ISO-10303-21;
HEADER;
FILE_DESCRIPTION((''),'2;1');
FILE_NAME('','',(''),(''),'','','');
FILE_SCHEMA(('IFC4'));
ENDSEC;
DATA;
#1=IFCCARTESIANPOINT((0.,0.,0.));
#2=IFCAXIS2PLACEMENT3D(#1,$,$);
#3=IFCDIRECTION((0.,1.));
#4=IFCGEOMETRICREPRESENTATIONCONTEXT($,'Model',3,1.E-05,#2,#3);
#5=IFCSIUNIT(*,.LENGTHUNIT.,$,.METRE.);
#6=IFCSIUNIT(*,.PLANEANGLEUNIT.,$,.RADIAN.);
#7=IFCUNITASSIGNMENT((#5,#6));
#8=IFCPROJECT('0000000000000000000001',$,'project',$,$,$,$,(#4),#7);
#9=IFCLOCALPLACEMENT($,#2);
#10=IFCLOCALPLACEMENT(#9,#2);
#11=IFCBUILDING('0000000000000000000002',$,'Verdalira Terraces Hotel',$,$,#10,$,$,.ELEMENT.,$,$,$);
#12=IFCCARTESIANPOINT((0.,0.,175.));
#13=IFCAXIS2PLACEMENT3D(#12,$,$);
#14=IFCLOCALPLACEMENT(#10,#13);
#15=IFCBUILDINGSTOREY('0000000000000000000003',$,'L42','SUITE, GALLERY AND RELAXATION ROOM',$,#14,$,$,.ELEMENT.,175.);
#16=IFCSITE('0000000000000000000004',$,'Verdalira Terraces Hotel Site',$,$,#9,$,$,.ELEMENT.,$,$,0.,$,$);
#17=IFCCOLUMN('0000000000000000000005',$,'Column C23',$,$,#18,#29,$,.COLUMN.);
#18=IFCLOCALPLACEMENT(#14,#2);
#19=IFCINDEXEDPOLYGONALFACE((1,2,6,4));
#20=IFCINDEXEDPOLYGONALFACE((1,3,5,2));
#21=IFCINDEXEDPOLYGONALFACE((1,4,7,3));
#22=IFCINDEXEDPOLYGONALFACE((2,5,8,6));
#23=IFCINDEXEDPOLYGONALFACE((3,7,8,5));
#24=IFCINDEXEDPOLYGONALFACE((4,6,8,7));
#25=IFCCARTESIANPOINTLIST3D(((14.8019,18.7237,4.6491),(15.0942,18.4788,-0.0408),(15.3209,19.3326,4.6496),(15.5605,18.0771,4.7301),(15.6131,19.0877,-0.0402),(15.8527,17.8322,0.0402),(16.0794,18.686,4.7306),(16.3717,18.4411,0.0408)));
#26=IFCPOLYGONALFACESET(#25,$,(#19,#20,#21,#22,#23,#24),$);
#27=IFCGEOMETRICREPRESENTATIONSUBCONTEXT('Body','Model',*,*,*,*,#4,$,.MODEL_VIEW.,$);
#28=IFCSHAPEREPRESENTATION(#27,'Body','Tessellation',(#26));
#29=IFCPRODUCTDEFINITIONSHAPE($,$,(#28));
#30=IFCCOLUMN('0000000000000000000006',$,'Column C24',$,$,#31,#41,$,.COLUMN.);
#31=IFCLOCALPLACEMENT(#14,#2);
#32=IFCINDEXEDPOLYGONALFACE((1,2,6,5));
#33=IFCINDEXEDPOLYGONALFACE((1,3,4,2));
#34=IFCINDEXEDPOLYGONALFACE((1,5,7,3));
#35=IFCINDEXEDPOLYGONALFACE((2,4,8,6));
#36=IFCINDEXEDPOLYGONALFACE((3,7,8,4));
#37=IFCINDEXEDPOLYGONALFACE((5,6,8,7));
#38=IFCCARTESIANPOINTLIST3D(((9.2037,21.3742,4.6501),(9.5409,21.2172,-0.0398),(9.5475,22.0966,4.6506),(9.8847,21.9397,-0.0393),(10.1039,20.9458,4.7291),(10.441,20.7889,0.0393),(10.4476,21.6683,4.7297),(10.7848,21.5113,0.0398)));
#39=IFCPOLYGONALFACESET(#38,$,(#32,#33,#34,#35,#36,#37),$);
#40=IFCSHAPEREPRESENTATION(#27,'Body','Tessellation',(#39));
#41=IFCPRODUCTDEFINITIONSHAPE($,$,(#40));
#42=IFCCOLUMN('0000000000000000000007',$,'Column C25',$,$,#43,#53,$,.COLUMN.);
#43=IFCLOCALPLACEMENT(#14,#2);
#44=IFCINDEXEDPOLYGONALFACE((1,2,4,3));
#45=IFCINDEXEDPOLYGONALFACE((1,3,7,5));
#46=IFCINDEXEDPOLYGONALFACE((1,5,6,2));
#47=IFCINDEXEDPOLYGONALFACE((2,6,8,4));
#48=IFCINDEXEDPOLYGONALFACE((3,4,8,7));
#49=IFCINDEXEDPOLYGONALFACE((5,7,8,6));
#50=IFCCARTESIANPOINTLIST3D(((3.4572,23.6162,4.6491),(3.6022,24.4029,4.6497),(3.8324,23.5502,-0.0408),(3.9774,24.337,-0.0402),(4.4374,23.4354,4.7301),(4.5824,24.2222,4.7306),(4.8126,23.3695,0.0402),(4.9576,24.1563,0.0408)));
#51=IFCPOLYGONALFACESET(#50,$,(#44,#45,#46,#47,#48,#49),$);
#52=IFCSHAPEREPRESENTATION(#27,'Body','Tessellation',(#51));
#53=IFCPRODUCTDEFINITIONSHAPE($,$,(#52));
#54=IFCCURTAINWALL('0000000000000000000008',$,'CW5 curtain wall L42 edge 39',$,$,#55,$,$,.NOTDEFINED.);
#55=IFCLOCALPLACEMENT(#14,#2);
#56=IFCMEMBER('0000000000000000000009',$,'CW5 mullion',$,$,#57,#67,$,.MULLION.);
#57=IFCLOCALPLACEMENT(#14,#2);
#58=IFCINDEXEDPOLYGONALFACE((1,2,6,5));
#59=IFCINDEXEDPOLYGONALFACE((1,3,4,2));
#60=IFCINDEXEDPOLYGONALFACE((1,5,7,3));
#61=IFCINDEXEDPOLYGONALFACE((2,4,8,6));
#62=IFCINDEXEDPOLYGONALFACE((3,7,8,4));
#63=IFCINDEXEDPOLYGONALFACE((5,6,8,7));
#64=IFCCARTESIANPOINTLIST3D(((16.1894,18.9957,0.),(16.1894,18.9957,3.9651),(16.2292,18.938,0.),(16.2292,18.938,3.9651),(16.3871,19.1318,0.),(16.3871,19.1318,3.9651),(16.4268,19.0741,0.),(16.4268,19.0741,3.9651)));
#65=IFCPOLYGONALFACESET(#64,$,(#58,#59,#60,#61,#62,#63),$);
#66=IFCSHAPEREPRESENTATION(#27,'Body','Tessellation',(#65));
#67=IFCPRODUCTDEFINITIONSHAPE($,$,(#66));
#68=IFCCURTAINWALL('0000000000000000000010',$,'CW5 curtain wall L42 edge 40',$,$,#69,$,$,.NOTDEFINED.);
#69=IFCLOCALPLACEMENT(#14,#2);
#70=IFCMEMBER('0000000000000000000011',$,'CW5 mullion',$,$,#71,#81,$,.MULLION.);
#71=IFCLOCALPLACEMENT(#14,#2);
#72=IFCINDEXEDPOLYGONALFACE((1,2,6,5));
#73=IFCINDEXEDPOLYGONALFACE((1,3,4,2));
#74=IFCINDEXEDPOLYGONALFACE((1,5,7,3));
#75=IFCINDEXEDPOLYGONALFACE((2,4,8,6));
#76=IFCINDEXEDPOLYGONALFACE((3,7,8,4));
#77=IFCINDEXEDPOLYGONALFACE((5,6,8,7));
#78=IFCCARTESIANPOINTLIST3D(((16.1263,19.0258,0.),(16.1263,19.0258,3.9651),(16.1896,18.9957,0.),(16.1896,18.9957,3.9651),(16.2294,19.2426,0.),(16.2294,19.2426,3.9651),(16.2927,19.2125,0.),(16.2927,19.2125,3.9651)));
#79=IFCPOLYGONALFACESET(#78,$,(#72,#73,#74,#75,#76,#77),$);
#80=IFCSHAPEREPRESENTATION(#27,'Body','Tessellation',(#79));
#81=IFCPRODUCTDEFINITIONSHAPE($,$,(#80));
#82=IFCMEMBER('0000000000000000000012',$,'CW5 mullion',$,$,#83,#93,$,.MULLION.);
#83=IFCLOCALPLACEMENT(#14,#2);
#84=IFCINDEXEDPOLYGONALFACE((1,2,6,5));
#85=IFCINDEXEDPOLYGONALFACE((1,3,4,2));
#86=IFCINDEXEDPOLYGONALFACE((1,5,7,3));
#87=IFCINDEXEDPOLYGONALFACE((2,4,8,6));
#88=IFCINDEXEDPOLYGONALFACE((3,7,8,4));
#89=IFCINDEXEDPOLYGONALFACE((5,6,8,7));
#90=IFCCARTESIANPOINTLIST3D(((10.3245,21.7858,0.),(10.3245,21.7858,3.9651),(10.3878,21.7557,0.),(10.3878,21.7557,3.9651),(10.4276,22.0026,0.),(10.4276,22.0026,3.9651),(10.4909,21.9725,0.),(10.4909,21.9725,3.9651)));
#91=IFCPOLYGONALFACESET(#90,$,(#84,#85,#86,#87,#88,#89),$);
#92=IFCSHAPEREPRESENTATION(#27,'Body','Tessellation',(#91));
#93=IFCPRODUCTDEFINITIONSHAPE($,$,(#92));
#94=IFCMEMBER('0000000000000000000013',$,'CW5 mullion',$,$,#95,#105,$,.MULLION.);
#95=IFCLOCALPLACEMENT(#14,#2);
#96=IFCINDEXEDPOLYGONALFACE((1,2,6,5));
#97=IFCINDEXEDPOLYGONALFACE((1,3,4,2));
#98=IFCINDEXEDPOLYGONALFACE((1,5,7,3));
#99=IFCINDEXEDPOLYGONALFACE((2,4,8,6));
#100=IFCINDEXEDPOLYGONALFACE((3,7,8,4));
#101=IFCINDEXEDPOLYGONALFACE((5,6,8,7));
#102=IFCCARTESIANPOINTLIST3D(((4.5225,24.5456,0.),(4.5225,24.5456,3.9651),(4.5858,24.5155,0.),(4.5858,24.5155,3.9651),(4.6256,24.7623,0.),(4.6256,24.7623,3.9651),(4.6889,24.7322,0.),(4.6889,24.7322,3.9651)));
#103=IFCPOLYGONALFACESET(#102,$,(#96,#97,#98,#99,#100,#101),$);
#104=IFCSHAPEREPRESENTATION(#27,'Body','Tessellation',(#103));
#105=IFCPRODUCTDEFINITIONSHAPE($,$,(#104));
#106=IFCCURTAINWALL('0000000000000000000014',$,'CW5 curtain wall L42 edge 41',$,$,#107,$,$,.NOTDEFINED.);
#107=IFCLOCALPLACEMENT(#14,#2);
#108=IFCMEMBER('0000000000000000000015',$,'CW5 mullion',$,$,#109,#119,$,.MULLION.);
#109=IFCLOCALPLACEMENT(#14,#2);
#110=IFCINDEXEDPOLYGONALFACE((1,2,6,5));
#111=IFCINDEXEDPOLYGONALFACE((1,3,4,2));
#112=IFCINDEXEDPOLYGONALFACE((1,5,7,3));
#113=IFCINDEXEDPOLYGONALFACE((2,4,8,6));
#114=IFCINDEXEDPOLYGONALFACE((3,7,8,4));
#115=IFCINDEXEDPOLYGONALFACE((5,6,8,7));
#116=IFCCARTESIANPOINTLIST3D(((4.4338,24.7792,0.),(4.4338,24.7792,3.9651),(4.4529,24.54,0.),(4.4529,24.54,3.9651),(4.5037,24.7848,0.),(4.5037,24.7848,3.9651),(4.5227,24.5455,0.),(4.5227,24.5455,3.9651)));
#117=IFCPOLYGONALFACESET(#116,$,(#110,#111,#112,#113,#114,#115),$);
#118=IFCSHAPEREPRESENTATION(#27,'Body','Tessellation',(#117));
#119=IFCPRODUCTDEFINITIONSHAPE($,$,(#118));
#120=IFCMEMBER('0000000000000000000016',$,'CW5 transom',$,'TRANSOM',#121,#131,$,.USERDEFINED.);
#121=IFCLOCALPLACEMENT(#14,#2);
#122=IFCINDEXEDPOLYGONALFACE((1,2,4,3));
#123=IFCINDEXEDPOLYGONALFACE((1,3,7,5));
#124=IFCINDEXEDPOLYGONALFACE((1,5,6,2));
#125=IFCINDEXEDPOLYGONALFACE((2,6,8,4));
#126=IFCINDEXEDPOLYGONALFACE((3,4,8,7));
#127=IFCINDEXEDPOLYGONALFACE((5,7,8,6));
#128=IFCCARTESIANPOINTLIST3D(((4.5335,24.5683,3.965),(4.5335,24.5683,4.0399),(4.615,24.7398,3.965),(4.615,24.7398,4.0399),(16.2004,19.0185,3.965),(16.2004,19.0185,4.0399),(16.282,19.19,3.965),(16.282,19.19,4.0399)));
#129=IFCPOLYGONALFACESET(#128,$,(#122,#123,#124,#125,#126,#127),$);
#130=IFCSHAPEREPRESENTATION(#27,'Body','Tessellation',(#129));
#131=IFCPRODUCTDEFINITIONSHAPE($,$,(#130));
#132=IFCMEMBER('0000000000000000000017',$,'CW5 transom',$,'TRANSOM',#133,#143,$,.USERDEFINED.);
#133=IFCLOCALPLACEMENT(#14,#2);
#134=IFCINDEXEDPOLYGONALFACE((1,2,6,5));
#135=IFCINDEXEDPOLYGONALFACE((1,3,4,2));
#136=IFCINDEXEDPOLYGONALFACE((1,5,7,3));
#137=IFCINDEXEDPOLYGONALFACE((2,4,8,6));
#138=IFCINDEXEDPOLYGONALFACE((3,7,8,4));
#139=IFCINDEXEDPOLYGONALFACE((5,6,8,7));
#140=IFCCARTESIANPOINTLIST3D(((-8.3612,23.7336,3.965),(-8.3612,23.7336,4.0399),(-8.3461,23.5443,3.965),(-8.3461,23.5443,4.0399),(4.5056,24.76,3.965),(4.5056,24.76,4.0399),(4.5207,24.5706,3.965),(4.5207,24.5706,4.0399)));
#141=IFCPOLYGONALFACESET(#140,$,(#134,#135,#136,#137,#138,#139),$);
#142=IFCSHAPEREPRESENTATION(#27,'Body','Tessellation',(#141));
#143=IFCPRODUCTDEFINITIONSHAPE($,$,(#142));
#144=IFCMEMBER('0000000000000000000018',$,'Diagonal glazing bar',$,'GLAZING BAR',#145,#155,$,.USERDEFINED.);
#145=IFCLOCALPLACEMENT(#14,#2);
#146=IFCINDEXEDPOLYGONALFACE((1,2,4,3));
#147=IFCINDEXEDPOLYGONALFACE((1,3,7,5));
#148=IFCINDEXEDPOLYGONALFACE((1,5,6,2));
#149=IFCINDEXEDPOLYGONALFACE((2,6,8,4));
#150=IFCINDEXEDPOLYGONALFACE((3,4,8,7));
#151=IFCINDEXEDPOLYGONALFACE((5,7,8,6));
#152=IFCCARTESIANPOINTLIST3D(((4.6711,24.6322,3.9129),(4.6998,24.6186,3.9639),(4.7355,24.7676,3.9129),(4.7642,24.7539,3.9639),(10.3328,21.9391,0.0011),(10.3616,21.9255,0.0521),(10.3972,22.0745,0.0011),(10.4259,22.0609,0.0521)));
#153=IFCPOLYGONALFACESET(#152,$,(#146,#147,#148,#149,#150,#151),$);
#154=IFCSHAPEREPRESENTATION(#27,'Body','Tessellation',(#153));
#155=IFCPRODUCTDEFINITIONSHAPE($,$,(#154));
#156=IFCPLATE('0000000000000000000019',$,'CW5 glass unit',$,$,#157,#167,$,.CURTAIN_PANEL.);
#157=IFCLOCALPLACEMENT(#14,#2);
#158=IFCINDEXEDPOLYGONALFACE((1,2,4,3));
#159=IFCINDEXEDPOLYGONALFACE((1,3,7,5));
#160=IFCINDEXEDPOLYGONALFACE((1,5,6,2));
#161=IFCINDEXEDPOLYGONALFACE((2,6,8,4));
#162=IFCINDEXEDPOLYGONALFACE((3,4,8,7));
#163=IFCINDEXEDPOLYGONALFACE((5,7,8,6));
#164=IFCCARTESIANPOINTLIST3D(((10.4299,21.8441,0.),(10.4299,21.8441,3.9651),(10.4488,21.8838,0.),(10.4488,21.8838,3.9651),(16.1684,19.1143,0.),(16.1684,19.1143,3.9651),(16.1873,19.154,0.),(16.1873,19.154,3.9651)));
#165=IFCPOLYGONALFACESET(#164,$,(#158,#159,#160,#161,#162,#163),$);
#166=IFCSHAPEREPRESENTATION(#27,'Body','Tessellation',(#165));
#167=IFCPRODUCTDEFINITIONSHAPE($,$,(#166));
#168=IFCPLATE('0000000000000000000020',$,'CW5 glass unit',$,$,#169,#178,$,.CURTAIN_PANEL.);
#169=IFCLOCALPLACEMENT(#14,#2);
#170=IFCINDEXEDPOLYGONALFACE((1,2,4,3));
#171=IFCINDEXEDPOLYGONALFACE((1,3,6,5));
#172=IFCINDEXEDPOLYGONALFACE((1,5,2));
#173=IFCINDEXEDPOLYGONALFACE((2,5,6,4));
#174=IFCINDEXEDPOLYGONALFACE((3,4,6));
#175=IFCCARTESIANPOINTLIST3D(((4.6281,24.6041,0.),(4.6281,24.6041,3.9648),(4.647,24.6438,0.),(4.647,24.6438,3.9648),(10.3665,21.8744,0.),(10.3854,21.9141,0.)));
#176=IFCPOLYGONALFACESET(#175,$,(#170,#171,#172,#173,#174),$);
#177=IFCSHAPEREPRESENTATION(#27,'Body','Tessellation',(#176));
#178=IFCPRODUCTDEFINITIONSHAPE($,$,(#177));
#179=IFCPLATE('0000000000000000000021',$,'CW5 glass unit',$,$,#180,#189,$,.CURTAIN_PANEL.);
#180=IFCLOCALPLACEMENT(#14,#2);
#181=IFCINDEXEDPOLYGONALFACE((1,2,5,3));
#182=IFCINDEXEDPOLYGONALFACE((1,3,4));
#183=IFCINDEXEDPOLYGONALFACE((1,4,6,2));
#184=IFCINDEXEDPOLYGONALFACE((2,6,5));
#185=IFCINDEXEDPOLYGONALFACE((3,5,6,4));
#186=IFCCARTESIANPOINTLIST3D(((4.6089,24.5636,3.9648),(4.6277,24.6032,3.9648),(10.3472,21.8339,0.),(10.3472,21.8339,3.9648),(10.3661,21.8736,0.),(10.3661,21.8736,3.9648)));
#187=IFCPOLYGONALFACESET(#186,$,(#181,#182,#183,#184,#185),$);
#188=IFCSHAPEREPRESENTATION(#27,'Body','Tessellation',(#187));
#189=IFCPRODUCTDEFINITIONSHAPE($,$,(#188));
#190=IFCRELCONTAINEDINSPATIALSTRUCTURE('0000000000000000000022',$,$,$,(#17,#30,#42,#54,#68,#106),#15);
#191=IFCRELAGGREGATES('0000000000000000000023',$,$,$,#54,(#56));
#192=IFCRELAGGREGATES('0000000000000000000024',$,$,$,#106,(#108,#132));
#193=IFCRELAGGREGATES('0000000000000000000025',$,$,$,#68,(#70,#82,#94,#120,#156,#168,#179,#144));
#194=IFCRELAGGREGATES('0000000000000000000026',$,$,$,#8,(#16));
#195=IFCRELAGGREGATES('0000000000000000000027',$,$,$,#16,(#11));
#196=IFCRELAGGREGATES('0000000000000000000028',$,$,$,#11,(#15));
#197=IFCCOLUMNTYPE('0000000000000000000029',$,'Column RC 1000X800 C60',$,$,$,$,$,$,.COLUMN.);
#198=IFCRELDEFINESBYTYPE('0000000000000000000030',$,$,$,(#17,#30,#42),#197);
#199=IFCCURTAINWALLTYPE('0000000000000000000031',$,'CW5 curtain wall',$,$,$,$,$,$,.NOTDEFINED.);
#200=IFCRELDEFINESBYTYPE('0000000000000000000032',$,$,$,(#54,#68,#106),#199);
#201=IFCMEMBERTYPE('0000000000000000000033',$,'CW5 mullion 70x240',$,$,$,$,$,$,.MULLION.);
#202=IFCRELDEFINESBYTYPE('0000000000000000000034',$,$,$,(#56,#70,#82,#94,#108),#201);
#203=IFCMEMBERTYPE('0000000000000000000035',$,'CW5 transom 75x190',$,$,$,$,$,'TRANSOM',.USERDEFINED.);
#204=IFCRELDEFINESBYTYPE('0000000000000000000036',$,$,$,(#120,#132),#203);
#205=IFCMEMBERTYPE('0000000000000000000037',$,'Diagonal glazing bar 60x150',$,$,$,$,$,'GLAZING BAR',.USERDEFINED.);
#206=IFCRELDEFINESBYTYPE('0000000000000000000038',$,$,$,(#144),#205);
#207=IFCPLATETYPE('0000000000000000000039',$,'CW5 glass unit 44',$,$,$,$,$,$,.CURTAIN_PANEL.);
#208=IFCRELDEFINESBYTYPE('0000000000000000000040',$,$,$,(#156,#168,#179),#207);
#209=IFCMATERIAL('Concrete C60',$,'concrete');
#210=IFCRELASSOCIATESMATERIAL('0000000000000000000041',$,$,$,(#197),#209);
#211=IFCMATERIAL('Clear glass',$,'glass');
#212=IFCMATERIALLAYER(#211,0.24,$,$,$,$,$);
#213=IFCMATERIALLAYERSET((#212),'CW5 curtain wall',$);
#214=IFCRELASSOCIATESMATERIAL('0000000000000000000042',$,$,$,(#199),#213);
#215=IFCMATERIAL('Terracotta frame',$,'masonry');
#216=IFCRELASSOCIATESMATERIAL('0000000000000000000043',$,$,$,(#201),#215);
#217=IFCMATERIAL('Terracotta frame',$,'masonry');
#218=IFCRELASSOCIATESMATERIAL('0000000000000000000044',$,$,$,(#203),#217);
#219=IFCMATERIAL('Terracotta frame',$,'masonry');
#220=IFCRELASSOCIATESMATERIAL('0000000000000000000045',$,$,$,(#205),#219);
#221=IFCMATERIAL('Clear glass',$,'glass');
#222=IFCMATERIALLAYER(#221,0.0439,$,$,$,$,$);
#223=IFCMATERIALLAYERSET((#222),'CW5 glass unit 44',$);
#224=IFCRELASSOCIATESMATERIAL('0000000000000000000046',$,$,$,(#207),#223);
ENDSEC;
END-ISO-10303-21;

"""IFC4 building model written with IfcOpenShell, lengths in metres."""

from ifc_helpers import new_model, si_unit, direction, frame, origin, origin_2d, place, context, subcontext, project, spatial, polyline, rectangle, outline, extrude, material, layer, layer_set, material_profile, profile_set, type_object, element, aggregate, save


model = new_model("IFC4")

# Units and contexts
model_context = context("Model", 3, precision=1e-05, world=origin(), true_north=direction((0.0, 1.0)))
body_context = subcontext(model_context, "Body", "Model", "MODEL_VIEW")
ifc_project = project(units=[si_unit("LENGTHUNIT", "METRE"), si_unit("PLANEANGLEUNIT", "RADIAN")], contexts=[model_context])

# Site, building, storey
site_placement = place(None, origin())
site = spatial("IfcSite", under=ifc_project, at=site_placement, Name="Verdalira Terraces Hotel Site", CompositionType="ELEMENT", RefElevation=0.0)
building_placement = place(site_placement, origin())
building = spatial("IfcBuilding", under=site, at=building_placement, Name="Verdalira Terraces Hotel", CompositionType="ELEMENT")
storey_placement = place(building_placement, frame((0.0, 0.0, 175.0)))
storey = spatial("IfcBuildingStorey", under=building, at=storey_placement, Name="L42", Description="SUITE, GALLERY AND RELAXATION ROOM", CompositionType="ELEMENT", Elevation=175.0)

# Columns
ifc_material_1 = material(Name="Concrete C60", Category="concrete")
ifc_material_profile_1 = material_profile(ifc_material_1, rectangle(XDim=1.0, YDim=0.8, at=origin_2d()), Name="RC 1000X800")
ifc_profile_set_1 = profile_set([ifc_material_profile_1], Name="Concrete C60")
column_type = type_object("IfcColumnType", Name="Column RC 1000X800 C60", PredefinedType="COLUMN", material=ifc_profile_set_1)
column_1_placement = place(storey_placement, frame((15.7329, 18.46, 0.0), z_axis=(-0.062106, 0.052041, 0.996712), x_axis=(0.758541, -0.646569, 0.081025)))
element("IfcColumn", 1, at=column_1_placement, inside=storey, type_object=column_type, Name="Column C23", PredefinedType="COLUMN", context=body_context, shape_type="SweptSolid", body=[
    extrude(rectangle(XDim=1.0, YDim=0.8, at=origin_2d()), origin(), (0.0, 0.0, 1.0), 4.7053),
])
column_2_placement = place(storey_placement, frame((10.1628, 21.3643, 0.0), z_axis=(-0.071665, 0.033367, 0.99687), x_axis=(-0.900136, 0.428377, -0.079049)))
element("IfcColumn", 2, at=column_2_placement, inside=storey, type_object=column_type, Name="Column C24", PredefinedType="COLUMN", context=body_context, shape_type="SweptSolid", body=[
    extrude(rectangle(XDim=1.0, YDim=0.8, at=origin_2d()), origin(), (0.0, 0.0, 1.0), 4.7046),
])
column_3_placement = place(storey_placement, frame((4.395, 23.8533, 0.0), z_axis=(-0.079748, 0.014009, 0.996717), x_axis=(0.980196, -0.180722, 0.080966)))
element("IfcColumn", 3, at=column_3_placement, inside=storey, type_object=column_type, Name="Column C25", PredefinedType="COLUMN", context=body_context, shape_type="SweptSolid", body=[
    extrude(rectangle(XDim=1.0, YDim=0.8, at=origin_2d()), origin(), (0.0, 0.0, 1.0), 4.7053),
])

# Curtain wall, member
ifc_material_2 = material(Name="Clear glass", Category="glass")
ifc_layer_1 = layer(ifc_material_2, 0.24)
ifc_layer_set_1 = layer_set([ifc_layer_1], Name="CW5 curtain wall")
curtain_wall_type = type_object("IfcCurtainWallType", Name="CW5 curtain wall", PredefinedType="NOTDEFINED", material=ifc_layer_set_1)
curtain_wall_1_placement = place(storey_placement, origin())
curtain_wall_1 = element("IfcCurtainWall", 4, at=curtain_wall_1_placement, inside=storey, type_object=curtain_wall_type, Name="CW5 curtain wall L42 edge 39", PredefinedType="NOTDEFINED")
ifc_material_3 = material(Name="Terracotta frame", Category="masonry")
ifc_material_profile_2 = material_profile(ifc_material_3, rectangle(XDim=0.0701, YDim=0.24, at=origin_2d()), Name="MU 70x240")
ifc_profile_set_2 = profile_set([ifc_material_profile_2], Name="Terracotta frame")
member_type_1 = type_object("IfcMemberType", Name="CW5 mullion 70x240", PredefinedType="MULLION", material=ifc_profile_set_2)
member_1_placement = place(storey_placement, frame((16.3081, 19.0349, 0.0), z_axis=(0.0, 0.0, 1.0), x_axis=(-0.567269, 0.823533, 0.0)))
member_1 = element("IfcMember", 5, at=member_1_placement, type_object=member_type_1, Name="CW5 mullion", PredefinedType="MULLION", context=body_context, shape_type="SweptSolid", body=[
    extrude(rectangle(XDim=0.0701, YDim=0.24, at=origin_2d()), origin(), (0.0, 0.0, 1.0), 3.9651),
])
aggregate(curtain_wall_1, [member_1])

# Curtain wall, members
curtain_wall_2_placement = place(storey_placement, origin())
curtain_wall_2 = element("IfcCurtainWall", 6, at=curtain_wall_2_placement, inside=storey, type_object=curtain_wall_type, Name="CW5 curtain wall L42 edge 40", PredefinedType="NOTDEFINED")
member_2_placement = place(storey_placement, frame((16.2095, 19.1191, 0.0), z_axis=(0.0, 0.0, 1.0), x_axis=(-0.903036, 0.429566, 0.0)))
member_2 = element("IfcMember", 7, at=member_2_placement, type_object=member_type_1, Name="CW5 mullion", PredefinedType="MULLION", context=body_context, shape_type="SweptSolid", body=[
    extrude(rectangle(XDim=0.0701, YDim=0.24, at=origin_2d()), origin(), (0.0, 0.0, 1.0), 3.9651),
])
member_3_placement = place(storey_placement, frame((10.4077, 21.8791, 0.0), z_axis=(0.0, 0.0, 1.0), x_axis=(-0.903036, 0.429566, 0.0)))
member_3 = element("IfcMember", 8, at=member_3_placement, type_object=member_type_1, Name="CW5 mullion", PredefinedType="MULLION", context=body_context, shape_type="SweptSolid", body=[
    extrude(rectangle(XDim=0.0701, YDim=0.24, at=origin_2d()), origin(), (0.0, 0.0, 1.0), 3.9651),
])
member_4_placement = place(storey_placement, frame((4.6057, 24.6389, 0.0), z_axis=(0.0, 0.0, 1.0), x_axis=(-0.903036, 0.429566, 0.0)))
member_4 = element("IfcMember", 9, at=member_4_placement, type_object=member_type_1, Name="CW5 mullion", PredefinedType="MULLION", context=body_context, shape_type="SweptSolid", body=[
    extrude(rectangle(XDim=0.0701, YDim=0.24, at=origin_2d()), origin(), (0.0, 0.0, 1.0), 3.9651),
])

# Curtain wall, member
curtain_wall_3_placement = place(storey_placement, origin())
curtain_wall_3 = element("IfcCurtainWall", 10, at=curtain_wall_3_placement, inside=storey, type_object=curtain_wall_type, Name="CW5 curtain wall L42 edge 41", PredefinedType="NOTDEFINED")
member_5_placement = place(storey_placement, frame((4.4783, 24.6624, 0.0), z_axis=(0.0, 0.0, 1.0), x_axis=(-0.996835, -0.079503, 0.0)))
member_5 = element("IfcMember", 11, at=member_5_placement, type_object=member_type_1, Name="CW5 mullion", PredefinedType="MULLION", context=body_context, shape_type="SweptSolid", body=[
    extrude(rectangle(XDim=0.0701, YDim=0.24, at=origin_2d()), origin(), (0.0, 0.0, 1.0), 3.9651),
])

# Members
ifc_material_4 = material(Name="Terracotta frame", Category="masonry")
ifc_material_profile_3 = material_profile(ifc_material_4, rectangle(XDim=0.1899, YDim=0.075, at=origin_2d()), Name="TR 75x190")
ifc_profile_set_3 = profile_set([ifc_material_profile_3], Name="Terracotta frame")
member_type_2 = type_object("IfcMemberType", Name="CW5 transom 75x190", ElementType="TRANSOM", PredefinedType="USERDEFINED", material=ifc_profile_set_3)
member_6_placement = place(storey_placement, frame((16.2412, 19.1042, 4.0024), z_axis=(-0.903038, 0.429561, 0.0), x_axis=(-0.429561, -0.903038, 0.0)))
member_6 = element("IfcMember", 12, at=member_6_placement, type_object=member_type_2, Name="CW5 transom", ObjectType="TRANSOM", PredefinedType="USERDEFINED", context=body_context, shape_type="SweptSolid", body=[
    extrude(rectangle(XDim=0.1899, YDim=0.075, at=origin_2d()), origin(), (0.0, 0.0, 1.0), 12.9197),
])
member_7_placement = place(storey_placement, frame((4.5132, 24.6653, 4.0024), z_axis=(-0.996834, -0.079515, 0.0), x_axis=(0.079515, -0.996834, 0.0)))
member_7 = element("IfcMember", 13, at=member_7_placement, type_object=member_type_2, Name="CW5 transom", ObjectType="TRANSOM", PredefinedType="USERDEFINED", context=body_context, shape_type="SweptSolid", body=[
    extrude(rectangle(XDim=0.1899, YDim=0.075, at=origin_2d()), origin(), (0.0, 0.0, 1.0), 12.9077),
])
aggregate(curtain_wall_3, [member_5, member_7])
ifc_material_5 = material(Name="Terracotta frame", Category="masonry")
ifc_material_profile_4 = material_profile(ifc_material_5, rectangle(XDim=0.1499, YDim=0.0601, at=origin_2d()), Name="GB 60x150")
ifc_profile_set_4 = profile_set([ifc_material_profile_4], Name="Terracotta frame")
member_type_3 = type_object("IfcMemberType", Name="Diagonal glazing bar 60x150", ElementType="GLAZING BAR", PredefinedType="USERDEFINED", material=ifc_profile_set_4)
member_8_placement = place(storey_placement, frame((10.3794, 22.0, 0.0266), z_axis=(-0.766151, 0.364426, 0.529345), x_axis=(-0.429542, -0.903047, 0.0)))
member_8 = element("IfcMember", 14, at=member_8_placement, type_object=member_type_3, Name="Diagonal glazing bar", ObjectType="GLAZING BAR", PredefinedType="USERDEFINED", context=body_context, shape_type="SweptSolid", body=[
    extrude(rectangle(XDim=0.1499, YDim=0.0601, at=origin_2d()), origin(), (0.0, 0.0, 1.0), 7.3899),
])

# Plates
ifc_material_6 = material(Name="Clear glass", Category="glass")
ifc_layer_2 = layer(ifc_material_6, 0.0439)
ifc_layer_set_2 = layer_set([ifc_layer_2], Name="CW5 glass unit 44")
plate_type = type_object("IfcPlateType", Name="CW5 glass unit 44", PredefinedType="CURTAIN_PANEL", material=ifc_layer_set_2)
plate_1_placement = place(storey_placement, frame((13.3086, 20.499, 0.0), z_axis=(0.0, 0.0, 1.0), x_axis=(-0.903036, 0.429566, 0.0)))
plate_1 = element("IfcPlate", 15, at=plate_1_placement, type_object=plate_type, Name="CW5 glass unit", PredefinedType="CURTAIN_PANEL", context=body_context, shape_type="SweptSolid", body=[
    extrude(rectangle(XDim=6.3547, YDim=0.0439, at=origin_2d()), origin(), (0.0, 0.0, 1.0), 3.9651),
])
plate_2_placement = place(storey_placement, frame((7.4973, 23.2393, 1.9824), z_axis=(0.429566, 0.903036, 0.0), x_axis=(-0.903036, 0.429566, 0.0)))
plate_2 = element("IfcPlate", 16, at=plate_2_placement, type_object=plate_type, Name="CW5 glass unit", PredefinedType="CURTAIN_PANEL", context=body_context, shape_type="SweptSolid", body=[
    extrude(outline(polyline([(-3.1772, -1.9824), (3.1772, -1.9824), (3.1772, 1.9824), (-3.1772, -1.9824)])), origin(), (0.0, 0.0, 1.0), 0.0439),
])
plate_3_placement = place(storey_placement, frame((7.478, 23.1987, 1.9824), z_axis=(0.429566, 0.903036, 0.0), x_axis=(-0.903036, 0.429566, 0.0)))
plate_3 = element("IfcPlate", 17, at=plate_3_placement, type_object=plate_type, Name="CW5 glass unit", PredefinedType="CURTAIN_PANEL", context=body_context, shape_type="SweptSolid", body=[
    extrude(outline(polyline([(-3.1772, -1.9824), (3.1772, 1.9824), (-3.1772, 1.9824), (-3.1772, -1.9824)])), origin(), (0.0, 0.0, 1.0), 0.0439),
])
aggregate(curtain_wall_2, [member_2, member_3, member_4, member_6, plate_1, plate_2, plate_3, member_8])

save(model, "model.ifc")
